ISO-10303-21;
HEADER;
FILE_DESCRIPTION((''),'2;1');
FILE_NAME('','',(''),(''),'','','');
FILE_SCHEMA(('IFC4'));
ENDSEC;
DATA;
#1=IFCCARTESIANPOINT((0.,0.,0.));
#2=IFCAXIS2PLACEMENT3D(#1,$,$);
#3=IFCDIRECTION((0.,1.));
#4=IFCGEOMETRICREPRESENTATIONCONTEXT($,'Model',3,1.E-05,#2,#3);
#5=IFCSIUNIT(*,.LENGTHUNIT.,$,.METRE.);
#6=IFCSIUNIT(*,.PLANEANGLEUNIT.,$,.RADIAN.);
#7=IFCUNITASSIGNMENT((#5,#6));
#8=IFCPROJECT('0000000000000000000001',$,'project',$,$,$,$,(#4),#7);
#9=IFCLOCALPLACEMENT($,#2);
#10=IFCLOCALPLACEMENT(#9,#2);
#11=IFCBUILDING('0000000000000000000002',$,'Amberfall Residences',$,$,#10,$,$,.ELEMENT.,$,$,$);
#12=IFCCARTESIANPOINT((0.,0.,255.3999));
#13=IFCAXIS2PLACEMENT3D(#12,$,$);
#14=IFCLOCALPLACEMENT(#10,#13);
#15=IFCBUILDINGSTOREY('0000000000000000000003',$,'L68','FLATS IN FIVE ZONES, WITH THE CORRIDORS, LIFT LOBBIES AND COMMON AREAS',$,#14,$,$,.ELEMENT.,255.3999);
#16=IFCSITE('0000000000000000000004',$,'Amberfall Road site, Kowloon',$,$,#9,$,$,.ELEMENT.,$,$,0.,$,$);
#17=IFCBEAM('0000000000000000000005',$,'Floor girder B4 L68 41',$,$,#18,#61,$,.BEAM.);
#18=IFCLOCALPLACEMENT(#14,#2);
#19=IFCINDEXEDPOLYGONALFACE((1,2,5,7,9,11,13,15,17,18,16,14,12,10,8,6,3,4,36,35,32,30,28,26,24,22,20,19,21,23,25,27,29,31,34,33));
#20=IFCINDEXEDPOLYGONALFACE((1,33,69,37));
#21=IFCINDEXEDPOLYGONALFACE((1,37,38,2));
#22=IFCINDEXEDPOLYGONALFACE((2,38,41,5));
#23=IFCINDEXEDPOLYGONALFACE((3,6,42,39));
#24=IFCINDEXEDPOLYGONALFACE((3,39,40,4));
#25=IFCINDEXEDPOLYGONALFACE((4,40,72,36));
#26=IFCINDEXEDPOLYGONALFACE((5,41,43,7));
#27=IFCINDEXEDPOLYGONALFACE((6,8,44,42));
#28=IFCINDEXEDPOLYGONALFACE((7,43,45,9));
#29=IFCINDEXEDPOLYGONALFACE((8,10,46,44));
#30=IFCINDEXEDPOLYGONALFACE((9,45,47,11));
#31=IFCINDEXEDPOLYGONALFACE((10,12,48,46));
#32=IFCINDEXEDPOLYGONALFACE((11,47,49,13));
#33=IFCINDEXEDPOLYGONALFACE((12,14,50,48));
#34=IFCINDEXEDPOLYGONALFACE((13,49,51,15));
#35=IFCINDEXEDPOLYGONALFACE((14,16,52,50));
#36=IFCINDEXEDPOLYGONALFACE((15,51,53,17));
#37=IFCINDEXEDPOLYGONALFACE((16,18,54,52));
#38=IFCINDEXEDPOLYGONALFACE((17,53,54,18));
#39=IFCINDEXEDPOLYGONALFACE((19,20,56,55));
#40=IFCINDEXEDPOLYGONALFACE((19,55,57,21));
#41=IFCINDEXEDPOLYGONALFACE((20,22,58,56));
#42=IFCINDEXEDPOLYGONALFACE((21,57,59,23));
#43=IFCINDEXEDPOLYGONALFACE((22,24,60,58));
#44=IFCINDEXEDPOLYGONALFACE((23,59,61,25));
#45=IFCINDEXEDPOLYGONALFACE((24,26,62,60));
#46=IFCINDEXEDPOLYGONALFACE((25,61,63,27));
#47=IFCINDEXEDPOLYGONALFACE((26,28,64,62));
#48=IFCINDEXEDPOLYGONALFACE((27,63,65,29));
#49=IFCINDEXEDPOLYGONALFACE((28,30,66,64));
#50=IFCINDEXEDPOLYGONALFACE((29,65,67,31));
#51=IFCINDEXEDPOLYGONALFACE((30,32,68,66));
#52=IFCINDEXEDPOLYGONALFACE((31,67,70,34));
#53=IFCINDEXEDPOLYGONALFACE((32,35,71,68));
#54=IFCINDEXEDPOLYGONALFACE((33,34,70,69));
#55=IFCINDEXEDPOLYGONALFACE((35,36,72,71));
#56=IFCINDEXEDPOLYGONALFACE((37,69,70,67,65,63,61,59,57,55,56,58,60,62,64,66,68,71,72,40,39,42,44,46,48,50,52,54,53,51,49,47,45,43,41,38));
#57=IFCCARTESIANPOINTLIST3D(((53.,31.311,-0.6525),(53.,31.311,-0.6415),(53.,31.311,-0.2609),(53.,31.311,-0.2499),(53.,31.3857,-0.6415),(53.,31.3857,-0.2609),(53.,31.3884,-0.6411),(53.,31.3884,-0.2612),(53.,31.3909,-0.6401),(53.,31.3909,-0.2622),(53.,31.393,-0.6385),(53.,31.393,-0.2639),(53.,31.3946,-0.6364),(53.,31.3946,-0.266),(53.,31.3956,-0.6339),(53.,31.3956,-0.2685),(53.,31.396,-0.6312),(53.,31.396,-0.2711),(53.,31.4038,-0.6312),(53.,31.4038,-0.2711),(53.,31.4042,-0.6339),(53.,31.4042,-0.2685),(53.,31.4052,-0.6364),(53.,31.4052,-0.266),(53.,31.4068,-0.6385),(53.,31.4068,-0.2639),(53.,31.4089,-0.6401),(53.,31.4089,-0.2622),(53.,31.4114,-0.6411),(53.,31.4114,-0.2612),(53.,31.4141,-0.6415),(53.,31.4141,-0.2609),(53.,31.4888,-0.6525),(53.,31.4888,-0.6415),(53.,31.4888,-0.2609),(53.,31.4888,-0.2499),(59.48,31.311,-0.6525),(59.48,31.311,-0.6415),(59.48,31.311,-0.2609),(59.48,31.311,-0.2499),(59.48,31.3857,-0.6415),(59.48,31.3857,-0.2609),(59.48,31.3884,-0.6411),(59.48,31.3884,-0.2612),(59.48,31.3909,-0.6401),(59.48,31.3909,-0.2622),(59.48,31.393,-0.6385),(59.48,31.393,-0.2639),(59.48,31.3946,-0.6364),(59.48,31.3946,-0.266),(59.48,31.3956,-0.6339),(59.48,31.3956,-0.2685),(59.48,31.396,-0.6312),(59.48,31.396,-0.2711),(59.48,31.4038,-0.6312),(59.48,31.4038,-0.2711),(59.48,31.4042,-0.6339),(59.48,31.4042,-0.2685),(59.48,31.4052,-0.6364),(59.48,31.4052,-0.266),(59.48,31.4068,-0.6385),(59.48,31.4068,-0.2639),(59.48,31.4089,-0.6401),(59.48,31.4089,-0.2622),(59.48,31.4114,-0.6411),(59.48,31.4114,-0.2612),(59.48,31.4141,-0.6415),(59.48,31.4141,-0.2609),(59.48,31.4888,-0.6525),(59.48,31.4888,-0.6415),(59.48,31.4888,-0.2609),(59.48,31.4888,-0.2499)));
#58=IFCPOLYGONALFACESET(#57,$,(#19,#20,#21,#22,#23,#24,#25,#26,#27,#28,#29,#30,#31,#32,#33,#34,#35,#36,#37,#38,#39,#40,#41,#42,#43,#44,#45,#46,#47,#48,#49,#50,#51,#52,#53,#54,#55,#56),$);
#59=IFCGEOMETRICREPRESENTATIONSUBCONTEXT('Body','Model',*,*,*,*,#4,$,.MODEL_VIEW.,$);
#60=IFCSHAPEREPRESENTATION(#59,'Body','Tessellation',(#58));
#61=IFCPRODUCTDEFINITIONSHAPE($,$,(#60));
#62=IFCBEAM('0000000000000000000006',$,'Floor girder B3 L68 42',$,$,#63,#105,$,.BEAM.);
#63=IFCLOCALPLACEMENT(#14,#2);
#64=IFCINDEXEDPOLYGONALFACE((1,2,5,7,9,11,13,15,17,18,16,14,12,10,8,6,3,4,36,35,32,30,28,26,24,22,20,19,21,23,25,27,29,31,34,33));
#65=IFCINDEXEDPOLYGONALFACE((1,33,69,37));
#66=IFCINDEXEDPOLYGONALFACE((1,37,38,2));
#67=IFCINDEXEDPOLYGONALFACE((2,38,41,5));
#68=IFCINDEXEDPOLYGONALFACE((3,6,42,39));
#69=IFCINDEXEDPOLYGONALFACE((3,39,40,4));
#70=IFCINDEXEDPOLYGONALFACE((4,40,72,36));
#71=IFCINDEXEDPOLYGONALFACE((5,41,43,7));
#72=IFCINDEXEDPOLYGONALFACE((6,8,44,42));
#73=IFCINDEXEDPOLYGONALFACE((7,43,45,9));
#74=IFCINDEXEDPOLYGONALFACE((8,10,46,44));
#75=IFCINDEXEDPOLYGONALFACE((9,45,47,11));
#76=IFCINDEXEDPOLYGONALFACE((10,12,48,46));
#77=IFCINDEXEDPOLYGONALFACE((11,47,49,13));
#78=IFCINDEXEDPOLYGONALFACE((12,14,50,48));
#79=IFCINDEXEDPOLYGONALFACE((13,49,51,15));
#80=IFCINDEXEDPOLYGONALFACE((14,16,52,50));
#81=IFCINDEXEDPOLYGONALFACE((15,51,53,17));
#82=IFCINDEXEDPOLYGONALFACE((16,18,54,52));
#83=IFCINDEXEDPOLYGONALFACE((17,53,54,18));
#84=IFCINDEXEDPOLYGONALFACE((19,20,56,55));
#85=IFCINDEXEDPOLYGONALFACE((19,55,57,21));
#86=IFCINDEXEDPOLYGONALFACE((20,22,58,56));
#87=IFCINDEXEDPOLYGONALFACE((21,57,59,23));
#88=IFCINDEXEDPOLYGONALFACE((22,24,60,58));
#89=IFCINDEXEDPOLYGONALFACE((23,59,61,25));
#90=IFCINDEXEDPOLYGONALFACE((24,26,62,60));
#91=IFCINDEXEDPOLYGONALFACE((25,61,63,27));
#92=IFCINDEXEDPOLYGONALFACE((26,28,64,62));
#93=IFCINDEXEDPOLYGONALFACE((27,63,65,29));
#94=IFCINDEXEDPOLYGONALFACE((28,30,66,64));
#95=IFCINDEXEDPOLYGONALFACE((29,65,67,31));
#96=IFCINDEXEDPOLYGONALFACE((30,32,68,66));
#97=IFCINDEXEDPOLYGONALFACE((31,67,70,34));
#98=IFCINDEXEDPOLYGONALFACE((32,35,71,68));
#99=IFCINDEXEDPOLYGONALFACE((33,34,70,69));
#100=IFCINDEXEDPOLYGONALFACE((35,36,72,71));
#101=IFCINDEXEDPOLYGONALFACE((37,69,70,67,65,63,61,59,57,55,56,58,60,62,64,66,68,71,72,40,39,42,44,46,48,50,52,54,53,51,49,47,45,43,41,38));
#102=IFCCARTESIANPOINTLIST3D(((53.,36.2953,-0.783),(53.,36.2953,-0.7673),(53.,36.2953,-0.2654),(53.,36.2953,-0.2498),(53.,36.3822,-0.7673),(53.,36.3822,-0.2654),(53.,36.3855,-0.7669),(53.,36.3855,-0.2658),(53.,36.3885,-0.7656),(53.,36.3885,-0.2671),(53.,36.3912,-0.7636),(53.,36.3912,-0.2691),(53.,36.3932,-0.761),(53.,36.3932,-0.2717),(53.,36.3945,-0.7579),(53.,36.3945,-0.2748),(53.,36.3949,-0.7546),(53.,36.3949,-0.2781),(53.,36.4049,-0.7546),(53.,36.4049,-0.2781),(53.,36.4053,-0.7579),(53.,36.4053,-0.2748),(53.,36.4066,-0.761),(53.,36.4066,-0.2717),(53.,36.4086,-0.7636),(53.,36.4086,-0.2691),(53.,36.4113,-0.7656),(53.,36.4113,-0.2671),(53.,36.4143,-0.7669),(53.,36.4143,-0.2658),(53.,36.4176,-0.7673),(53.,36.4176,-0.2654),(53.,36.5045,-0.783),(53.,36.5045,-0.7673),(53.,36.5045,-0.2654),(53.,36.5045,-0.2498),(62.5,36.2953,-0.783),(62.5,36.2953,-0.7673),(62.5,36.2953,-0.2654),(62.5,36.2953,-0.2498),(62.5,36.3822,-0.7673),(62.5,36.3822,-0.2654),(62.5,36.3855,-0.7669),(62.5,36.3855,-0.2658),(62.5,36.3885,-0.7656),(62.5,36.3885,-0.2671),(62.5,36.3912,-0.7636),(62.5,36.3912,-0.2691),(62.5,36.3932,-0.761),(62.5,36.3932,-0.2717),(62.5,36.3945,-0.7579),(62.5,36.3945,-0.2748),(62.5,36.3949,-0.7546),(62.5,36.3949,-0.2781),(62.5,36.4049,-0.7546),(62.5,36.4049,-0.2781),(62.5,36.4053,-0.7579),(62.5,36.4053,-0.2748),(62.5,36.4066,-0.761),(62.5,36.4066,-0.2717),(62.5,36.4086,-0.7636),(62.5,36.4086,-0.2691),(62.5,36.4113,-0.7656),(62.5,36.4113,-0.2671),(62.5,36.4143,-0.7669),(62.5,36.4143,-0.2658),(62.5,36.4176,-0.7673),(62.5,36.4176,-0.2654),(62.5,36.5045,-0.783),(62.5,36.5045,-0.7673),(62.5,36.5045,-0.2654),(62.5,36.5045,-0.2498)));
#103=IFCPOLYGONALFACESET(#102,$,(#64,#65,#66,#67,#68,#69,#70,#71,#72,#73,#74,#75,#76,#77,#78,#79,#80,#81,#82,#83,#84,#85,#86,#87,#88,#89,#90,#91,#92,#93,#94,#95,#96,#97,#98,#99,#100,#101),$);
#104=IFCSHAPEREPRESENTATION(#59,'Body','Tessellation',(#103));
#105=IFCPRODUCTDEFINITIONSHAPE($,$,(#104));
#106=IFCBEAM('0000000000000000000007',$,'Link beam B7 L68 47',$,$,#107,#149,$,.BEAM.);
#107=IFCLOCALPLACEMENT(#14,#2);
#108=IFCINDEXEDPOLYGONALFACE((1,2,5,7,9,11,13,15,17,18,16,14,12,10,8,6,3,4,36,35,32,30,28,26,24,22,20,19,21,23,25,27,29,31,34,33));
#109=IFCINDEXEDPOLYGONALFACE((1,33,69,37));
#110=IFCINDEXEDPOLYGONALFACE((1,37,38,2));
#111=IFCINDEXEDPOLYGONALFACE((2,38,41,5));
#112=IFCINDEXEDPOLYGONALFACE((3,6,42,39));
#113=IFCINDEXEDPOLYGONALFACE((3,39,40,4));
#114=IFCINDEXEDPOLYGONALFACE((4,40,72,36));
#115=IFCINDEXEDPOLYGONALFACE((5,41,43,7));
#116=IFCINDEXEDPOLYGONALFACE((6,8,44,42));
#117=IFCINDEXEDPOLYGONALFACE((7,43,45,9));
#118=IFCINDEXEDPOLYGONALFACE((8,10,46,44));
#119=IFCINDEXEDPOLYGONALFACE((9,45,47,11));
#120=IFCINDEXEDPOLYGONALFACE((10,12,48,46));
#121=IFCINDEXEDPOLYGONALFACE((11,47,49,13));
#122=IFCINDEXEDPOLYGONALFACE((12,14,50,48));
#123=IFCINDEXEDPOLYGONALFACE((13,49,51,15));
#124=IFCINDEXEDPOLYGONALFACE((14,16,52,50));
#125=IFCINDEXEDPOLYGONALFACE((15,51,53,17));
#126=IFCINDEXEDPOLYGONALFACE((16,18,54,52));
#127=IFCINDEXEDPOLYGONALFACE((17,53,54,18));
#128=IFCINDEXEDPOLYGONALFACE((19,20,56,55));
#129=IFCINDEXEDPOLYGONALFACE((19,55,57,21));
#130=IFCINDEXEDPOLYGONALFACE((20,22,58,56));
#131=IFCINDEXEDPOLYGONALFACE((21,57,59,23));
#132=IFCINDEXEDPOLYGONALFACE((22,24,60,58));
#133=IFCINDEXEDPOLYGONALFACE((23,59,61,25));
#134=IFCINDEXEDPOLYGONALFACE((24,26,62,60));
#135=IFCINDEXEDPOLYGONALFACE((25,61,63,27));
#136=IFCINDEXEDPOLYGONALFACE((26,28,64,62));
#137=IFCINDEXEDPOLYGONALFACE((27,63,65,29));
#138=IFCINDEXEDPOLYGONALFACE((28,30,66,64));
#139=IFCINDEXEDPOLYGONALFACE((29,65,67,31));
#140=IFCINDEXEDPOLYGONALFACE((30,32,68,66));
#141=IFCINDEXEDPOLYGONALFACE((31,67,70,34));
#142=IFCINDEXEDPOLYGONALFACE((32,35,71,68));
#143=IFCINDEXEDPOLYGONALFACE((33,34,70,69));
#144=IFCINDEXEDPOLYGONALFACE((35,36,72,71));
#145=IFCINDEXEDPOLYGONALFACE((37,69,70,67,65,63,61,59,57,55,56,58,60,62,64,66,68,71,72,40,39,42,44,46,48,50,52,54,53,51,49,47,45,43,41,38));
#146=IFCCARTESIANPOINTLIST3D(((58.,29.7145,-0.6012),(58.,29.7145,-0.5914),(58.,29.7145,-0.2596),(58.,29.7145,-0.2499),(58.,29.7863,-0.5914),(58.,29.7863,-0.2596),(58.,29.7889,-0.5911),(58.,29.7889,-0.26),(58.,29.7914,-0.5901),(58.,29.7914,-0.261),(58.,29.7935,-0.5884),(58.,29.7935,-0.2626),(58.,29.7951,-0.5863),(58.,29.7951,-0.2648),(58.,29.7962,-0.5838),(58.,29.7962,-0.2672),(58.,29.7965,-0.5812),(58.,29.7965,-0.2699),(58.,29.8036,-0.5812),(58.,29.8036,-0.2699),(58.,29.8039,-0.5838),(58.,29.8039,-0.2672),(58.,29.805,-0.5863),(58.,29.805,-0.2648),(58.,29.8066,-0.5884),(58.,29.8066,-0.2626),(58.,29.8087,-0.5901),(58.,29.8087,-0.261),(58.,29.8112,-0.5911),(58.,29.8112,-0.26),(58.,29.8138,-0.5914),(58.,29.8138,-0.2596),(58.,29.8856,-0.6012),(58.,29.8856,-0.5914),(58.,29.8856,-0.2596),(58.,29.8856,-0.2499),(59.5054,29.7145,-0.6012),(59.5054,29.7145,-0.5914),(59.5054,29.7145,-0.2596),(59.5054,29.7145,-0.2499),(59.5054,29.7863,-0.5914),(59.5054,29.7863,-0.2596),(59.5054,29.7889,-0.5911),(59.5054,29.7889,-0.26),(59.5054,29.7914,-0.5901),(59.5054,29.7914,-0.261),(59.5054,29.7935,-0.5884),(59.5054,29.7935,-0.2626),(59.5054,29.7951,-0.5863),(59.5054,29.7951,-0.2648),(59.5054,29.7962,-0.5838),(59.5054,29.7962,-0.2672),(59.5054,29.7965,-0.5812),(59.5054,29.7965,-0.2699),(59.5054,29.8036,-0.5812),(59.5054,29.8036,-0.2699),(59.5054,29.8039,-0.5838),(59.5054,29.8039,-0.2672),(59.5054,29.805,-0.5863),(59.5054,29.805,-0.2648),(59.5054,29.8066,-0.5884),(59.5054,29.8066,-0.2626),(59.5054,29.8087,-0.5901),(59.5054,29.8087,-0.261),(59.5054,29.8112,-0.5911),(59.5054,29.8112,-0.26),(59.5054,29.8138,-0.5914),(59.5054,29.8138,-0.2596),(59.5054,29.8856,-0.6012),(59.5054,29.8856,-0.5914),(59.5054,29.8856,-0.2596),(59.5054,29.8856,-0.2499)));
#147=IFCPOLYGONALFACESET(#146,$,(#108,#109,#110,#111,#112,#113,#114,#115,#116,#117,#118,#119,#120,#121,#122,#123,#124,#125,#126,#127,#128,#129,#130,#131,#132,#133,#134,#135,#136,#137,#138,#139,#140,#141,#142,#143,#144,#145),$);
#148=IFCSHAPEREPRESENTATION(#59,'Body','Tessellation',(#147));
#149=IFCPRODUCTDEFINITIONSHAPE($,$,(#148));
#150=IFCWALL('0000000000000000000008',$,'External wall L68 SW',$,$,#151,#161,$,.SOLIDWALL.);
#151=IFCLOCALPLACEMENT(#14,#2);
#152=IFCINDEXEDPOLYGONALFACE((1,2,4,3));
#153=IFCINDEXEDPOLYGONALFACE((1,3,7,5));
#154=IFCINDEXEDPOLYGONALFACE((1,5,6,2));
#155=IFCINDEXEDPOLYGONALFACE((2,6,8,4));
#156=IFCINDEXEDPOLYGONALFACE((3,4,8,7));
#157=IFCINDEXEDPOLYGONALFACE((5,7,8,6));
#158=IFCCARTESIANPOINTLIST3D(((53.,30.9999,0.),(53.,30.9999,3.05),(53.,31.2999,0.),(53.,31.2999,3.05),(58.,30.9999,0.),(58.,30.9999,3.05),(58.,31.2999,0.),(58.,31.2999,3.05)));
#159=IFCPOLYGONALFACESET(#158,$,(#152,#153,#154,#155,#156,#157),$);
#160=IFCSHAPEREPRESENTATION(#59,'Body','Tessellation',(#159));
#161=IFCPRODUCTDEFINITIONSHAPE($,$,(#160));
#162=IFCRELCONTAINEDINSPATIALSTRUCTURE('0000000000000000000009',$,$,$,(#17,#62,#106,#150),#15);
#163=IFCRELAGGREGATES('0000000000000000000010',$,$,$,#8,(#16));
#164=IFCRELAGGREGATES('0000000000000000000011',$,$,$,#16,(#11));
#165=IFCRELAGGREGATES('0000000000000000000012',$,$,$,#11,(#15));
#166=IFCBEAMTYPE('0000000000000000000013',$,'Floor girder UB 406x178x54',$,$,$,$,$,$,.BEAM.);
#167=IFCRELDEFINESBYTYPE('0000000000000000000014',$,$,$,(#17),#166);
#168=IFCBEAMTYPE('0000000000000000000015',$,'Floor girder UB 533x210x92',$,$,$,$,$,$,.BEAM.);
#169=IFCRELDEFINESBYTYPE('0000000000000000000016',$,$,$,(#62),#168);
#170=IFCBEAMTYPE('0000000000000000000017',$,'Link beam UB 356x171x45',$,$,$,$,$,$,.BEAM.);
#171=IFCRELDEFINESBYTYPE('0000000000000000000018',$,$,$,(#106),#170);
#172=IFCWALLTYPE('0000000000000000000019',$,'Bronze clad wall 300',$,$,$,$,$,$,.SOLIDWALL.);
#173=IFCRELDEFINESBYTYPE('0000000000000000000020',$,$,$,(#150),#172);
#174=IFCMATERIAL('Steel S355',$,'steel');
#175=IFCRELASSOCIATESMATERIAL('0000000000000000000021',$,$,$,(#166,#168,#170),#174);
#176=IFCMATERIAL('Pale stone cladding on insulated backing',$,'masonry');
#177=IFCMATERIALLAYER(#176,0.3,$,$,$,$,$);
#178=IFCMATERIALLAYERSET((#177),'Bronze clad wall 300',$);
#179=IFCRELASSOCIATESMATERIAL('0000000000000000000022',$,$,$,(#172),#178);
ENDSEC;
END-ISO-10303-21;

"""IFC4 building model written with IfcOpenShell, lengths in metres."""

from ifc_helpers import new_model, si_unit, direction, frame, frame_2d, origin, origin_2d, place, context, subcontext, project, spatial, rectangle, i_section, extrude, material, layer, layer_set, material_profile, profile_set, type_object, element, save


model = new_model("IFC4")

# Units and contexts
model_context = context("Model", 3, precision=1e-05, world=origin(), true_north=direction((0.0, 1.0)))
body_context = subcontext(model_context, "Body", "Model", "MODEL_VIEW")
ifc_project = project(units=[si_unit("LENGTHUNIT", "METRE"), si_unit("PLANEANGLEUNIT", "RADIAN")], contexts=[model_context])

# Site, building, storey
site_placement = place(None, origin())
site = spatial("IfcSite", under=ifc_project, at=site_placement, Name="Amberfall Road site, Kowloon", CompositionType="ELEMENT", RefElevation=0.0)
building_placement = place(site_placement, origin())
building = spatial("IfcBuilding", under=site, at=building_placement, Name="Amberfall Residences", CompositionType="ELEMENT")
storey_placement = place(building_placement, frame((0.0, 0.0, 255.3999)))
storey = spatial("IfcBuildingStorey", under=building, at=storey_placement, Name="L68", Description="FLATS IN FIVE ZONES, WITH THE CORRIDORS, LIFT LOBBIES AND COMMON AREAS", CompositionType="ELEMENT", Elevation=255.3999)

# Beams
ifc_material_1 = material(Name="Steel S355", Category="steel")
ifc_material_profile_1 = material_profile(ifc_material_1, i_section(OverallWidth=0.1777, OverallDepth=0.4026, WebThickness=0.0078, FlangeThickness=0.011, FilletRadius=0.0103, at=origin_2d()), Name="UB 406x178x54")
ifc_profile_set_1 = profile_set([ifc_material_profile_1], Name="Steel S355")
beam_type_1 = type_object("IfcBeamType", Name="Floor girder UB 406x178x54", PredefinedType="BEAM", material=ifc_profile_set_1)
beam_1_placement = place(storey_placement, frame((53.0, 31.3999, -0.4512), z_axis=(1.0, 0.0, 0.0), x_axis=(0.0, 1.0, 0.0)))
element("IfcBeam", 1, at=beam_1_placement, inside=storey, type_object=beam_type_1, Name="Floor girder B4 L68 41", PredefinedType="BEAM", context=body_context, shape_type="SweptSolid", body=[
    extrude(i_section(OverallWidth=0.1777, OverallDepth=0.4026, WebThickness=0.0078, FlangeThickness=0.011, FilletRadius=0.0103, at=origin_2d()), origin(), (0.0, 0.0, 1.0), 6.48),
])
ifc_material_profile_2 = material_profile(ifc_material_1, i_section(OverallWidth=0.2092, OverallDepth=0.5332, WebThickness=0.01, FlangeThickness=0.0156, FilletRadius=0.0127, at=origin_2d()), Name="UB 533x210x92")
ifc_profile_set_2 = profile_set([ifc_material_profile_2], Name="Steel S355")
beam_type_2 = type_object("IfcBeamType", Name="Floor girder UB 533x210x92", PredefinedType="BEAM", material=ifc_profile_set_2)
beam_2_placement = place(storey_placement, frame((53.0, 36.3999, -0.5164), z_axis=(1.0, 0.0, 0.0), x_axis=(0.0, 1.0, 0.0)))
element("IfcBeam", 2, at=beam_2_placement, inside=storey, type_object=beam_type_2, Name="Floor girder B3 L68 42", PredefinedType="BEAM", context=body_context, shape_type="SweptSolid", body=[
    extrude(i_section(OverallWidth=0.2092, OverallDepth=0.5332, WebThickness=0.01, FlangeThickness=0.0156, FilletRadius=0.0127, at=origin_2d()), origin(), (0.0, 0.0, 1.0), 9.5),
])
ifc_material_profile_3 = material_profile(ifc_material_1, i_section(OverallWidth=0.1711, OverallDepth=0.3513, WebThickness=0.0071, FlangeThickness=0.0098, FilletRadius=0.0103, at=origin_2d()), Name="UB 356x171x45")
ifc_profile_set_3 = profile_set([ifc_material_profile_3], Name="Steel S355")
beam_type_3 = type_object("IfcBeamType", Name="Link beam UB 356x171x45", PredefinedType="BEAM", material=ifc_profile_set_3)
beam_3_placement = place(storey_placement, frame((58.0, 29.8, -0.4255), z_axis=(1.0, 0.0, 0.0), x_axis=(0.0, 1.0, 0.0)))
element("IfcBeam", 3, at=beam_3_placement, inside=storey, type_object=beam_type_3, Name="Link beam B7 L68 47", PredefinedType="BEAM", context=body_context, shape_type="SweptSolid", body=[
    extrude(i_section(OverallWidth=0.1711, OverallDepth=0.3513, WebThickness=0.0071, FlangeThickness=0.0098, FilletRadius=0.0103, at=origin_2d()), origin(), (0.0, 0.0, 1.0), 1.5054),
])

# Wall
ifc_material_2 = material(Name="Pale stone cladding on insulated backing", Category="masonry")
ifc_layer_1 = layer(ifc_material_2, 0.3)
ifc_layer_set_1 = layer_set([ifc_layer_1], Name="Bronze clad wall 300")
wall_type_1 = type_object("IfcWallType", Name="Bronze clad wall 300", PredefinedType="SOLIDWALL", material=ifc_layer_set_1)
wall_1_placement = place(storey_placement, frame((53.0, 31.1499, 0.0), z_axis=(0.0, 0.0, 1.0), x_axis=(1.0, 0.0, 0.0)))
element("IfcWall", 4, at=wall_1_placement, inside=storey, type_object=wall_type_1, Name="External wall L68 SW", PredefinedType="SOLIDWALL", context=body_context, shape_type="SweptSolid", body=[
    extrude(rectangle(XDim=5.0, YDim=0.3, at=frame_2d((2.5, 0.0))), origin(), (0.0, 0.0, 1.0), 3.05),
])

save(model, "model.ifc")
